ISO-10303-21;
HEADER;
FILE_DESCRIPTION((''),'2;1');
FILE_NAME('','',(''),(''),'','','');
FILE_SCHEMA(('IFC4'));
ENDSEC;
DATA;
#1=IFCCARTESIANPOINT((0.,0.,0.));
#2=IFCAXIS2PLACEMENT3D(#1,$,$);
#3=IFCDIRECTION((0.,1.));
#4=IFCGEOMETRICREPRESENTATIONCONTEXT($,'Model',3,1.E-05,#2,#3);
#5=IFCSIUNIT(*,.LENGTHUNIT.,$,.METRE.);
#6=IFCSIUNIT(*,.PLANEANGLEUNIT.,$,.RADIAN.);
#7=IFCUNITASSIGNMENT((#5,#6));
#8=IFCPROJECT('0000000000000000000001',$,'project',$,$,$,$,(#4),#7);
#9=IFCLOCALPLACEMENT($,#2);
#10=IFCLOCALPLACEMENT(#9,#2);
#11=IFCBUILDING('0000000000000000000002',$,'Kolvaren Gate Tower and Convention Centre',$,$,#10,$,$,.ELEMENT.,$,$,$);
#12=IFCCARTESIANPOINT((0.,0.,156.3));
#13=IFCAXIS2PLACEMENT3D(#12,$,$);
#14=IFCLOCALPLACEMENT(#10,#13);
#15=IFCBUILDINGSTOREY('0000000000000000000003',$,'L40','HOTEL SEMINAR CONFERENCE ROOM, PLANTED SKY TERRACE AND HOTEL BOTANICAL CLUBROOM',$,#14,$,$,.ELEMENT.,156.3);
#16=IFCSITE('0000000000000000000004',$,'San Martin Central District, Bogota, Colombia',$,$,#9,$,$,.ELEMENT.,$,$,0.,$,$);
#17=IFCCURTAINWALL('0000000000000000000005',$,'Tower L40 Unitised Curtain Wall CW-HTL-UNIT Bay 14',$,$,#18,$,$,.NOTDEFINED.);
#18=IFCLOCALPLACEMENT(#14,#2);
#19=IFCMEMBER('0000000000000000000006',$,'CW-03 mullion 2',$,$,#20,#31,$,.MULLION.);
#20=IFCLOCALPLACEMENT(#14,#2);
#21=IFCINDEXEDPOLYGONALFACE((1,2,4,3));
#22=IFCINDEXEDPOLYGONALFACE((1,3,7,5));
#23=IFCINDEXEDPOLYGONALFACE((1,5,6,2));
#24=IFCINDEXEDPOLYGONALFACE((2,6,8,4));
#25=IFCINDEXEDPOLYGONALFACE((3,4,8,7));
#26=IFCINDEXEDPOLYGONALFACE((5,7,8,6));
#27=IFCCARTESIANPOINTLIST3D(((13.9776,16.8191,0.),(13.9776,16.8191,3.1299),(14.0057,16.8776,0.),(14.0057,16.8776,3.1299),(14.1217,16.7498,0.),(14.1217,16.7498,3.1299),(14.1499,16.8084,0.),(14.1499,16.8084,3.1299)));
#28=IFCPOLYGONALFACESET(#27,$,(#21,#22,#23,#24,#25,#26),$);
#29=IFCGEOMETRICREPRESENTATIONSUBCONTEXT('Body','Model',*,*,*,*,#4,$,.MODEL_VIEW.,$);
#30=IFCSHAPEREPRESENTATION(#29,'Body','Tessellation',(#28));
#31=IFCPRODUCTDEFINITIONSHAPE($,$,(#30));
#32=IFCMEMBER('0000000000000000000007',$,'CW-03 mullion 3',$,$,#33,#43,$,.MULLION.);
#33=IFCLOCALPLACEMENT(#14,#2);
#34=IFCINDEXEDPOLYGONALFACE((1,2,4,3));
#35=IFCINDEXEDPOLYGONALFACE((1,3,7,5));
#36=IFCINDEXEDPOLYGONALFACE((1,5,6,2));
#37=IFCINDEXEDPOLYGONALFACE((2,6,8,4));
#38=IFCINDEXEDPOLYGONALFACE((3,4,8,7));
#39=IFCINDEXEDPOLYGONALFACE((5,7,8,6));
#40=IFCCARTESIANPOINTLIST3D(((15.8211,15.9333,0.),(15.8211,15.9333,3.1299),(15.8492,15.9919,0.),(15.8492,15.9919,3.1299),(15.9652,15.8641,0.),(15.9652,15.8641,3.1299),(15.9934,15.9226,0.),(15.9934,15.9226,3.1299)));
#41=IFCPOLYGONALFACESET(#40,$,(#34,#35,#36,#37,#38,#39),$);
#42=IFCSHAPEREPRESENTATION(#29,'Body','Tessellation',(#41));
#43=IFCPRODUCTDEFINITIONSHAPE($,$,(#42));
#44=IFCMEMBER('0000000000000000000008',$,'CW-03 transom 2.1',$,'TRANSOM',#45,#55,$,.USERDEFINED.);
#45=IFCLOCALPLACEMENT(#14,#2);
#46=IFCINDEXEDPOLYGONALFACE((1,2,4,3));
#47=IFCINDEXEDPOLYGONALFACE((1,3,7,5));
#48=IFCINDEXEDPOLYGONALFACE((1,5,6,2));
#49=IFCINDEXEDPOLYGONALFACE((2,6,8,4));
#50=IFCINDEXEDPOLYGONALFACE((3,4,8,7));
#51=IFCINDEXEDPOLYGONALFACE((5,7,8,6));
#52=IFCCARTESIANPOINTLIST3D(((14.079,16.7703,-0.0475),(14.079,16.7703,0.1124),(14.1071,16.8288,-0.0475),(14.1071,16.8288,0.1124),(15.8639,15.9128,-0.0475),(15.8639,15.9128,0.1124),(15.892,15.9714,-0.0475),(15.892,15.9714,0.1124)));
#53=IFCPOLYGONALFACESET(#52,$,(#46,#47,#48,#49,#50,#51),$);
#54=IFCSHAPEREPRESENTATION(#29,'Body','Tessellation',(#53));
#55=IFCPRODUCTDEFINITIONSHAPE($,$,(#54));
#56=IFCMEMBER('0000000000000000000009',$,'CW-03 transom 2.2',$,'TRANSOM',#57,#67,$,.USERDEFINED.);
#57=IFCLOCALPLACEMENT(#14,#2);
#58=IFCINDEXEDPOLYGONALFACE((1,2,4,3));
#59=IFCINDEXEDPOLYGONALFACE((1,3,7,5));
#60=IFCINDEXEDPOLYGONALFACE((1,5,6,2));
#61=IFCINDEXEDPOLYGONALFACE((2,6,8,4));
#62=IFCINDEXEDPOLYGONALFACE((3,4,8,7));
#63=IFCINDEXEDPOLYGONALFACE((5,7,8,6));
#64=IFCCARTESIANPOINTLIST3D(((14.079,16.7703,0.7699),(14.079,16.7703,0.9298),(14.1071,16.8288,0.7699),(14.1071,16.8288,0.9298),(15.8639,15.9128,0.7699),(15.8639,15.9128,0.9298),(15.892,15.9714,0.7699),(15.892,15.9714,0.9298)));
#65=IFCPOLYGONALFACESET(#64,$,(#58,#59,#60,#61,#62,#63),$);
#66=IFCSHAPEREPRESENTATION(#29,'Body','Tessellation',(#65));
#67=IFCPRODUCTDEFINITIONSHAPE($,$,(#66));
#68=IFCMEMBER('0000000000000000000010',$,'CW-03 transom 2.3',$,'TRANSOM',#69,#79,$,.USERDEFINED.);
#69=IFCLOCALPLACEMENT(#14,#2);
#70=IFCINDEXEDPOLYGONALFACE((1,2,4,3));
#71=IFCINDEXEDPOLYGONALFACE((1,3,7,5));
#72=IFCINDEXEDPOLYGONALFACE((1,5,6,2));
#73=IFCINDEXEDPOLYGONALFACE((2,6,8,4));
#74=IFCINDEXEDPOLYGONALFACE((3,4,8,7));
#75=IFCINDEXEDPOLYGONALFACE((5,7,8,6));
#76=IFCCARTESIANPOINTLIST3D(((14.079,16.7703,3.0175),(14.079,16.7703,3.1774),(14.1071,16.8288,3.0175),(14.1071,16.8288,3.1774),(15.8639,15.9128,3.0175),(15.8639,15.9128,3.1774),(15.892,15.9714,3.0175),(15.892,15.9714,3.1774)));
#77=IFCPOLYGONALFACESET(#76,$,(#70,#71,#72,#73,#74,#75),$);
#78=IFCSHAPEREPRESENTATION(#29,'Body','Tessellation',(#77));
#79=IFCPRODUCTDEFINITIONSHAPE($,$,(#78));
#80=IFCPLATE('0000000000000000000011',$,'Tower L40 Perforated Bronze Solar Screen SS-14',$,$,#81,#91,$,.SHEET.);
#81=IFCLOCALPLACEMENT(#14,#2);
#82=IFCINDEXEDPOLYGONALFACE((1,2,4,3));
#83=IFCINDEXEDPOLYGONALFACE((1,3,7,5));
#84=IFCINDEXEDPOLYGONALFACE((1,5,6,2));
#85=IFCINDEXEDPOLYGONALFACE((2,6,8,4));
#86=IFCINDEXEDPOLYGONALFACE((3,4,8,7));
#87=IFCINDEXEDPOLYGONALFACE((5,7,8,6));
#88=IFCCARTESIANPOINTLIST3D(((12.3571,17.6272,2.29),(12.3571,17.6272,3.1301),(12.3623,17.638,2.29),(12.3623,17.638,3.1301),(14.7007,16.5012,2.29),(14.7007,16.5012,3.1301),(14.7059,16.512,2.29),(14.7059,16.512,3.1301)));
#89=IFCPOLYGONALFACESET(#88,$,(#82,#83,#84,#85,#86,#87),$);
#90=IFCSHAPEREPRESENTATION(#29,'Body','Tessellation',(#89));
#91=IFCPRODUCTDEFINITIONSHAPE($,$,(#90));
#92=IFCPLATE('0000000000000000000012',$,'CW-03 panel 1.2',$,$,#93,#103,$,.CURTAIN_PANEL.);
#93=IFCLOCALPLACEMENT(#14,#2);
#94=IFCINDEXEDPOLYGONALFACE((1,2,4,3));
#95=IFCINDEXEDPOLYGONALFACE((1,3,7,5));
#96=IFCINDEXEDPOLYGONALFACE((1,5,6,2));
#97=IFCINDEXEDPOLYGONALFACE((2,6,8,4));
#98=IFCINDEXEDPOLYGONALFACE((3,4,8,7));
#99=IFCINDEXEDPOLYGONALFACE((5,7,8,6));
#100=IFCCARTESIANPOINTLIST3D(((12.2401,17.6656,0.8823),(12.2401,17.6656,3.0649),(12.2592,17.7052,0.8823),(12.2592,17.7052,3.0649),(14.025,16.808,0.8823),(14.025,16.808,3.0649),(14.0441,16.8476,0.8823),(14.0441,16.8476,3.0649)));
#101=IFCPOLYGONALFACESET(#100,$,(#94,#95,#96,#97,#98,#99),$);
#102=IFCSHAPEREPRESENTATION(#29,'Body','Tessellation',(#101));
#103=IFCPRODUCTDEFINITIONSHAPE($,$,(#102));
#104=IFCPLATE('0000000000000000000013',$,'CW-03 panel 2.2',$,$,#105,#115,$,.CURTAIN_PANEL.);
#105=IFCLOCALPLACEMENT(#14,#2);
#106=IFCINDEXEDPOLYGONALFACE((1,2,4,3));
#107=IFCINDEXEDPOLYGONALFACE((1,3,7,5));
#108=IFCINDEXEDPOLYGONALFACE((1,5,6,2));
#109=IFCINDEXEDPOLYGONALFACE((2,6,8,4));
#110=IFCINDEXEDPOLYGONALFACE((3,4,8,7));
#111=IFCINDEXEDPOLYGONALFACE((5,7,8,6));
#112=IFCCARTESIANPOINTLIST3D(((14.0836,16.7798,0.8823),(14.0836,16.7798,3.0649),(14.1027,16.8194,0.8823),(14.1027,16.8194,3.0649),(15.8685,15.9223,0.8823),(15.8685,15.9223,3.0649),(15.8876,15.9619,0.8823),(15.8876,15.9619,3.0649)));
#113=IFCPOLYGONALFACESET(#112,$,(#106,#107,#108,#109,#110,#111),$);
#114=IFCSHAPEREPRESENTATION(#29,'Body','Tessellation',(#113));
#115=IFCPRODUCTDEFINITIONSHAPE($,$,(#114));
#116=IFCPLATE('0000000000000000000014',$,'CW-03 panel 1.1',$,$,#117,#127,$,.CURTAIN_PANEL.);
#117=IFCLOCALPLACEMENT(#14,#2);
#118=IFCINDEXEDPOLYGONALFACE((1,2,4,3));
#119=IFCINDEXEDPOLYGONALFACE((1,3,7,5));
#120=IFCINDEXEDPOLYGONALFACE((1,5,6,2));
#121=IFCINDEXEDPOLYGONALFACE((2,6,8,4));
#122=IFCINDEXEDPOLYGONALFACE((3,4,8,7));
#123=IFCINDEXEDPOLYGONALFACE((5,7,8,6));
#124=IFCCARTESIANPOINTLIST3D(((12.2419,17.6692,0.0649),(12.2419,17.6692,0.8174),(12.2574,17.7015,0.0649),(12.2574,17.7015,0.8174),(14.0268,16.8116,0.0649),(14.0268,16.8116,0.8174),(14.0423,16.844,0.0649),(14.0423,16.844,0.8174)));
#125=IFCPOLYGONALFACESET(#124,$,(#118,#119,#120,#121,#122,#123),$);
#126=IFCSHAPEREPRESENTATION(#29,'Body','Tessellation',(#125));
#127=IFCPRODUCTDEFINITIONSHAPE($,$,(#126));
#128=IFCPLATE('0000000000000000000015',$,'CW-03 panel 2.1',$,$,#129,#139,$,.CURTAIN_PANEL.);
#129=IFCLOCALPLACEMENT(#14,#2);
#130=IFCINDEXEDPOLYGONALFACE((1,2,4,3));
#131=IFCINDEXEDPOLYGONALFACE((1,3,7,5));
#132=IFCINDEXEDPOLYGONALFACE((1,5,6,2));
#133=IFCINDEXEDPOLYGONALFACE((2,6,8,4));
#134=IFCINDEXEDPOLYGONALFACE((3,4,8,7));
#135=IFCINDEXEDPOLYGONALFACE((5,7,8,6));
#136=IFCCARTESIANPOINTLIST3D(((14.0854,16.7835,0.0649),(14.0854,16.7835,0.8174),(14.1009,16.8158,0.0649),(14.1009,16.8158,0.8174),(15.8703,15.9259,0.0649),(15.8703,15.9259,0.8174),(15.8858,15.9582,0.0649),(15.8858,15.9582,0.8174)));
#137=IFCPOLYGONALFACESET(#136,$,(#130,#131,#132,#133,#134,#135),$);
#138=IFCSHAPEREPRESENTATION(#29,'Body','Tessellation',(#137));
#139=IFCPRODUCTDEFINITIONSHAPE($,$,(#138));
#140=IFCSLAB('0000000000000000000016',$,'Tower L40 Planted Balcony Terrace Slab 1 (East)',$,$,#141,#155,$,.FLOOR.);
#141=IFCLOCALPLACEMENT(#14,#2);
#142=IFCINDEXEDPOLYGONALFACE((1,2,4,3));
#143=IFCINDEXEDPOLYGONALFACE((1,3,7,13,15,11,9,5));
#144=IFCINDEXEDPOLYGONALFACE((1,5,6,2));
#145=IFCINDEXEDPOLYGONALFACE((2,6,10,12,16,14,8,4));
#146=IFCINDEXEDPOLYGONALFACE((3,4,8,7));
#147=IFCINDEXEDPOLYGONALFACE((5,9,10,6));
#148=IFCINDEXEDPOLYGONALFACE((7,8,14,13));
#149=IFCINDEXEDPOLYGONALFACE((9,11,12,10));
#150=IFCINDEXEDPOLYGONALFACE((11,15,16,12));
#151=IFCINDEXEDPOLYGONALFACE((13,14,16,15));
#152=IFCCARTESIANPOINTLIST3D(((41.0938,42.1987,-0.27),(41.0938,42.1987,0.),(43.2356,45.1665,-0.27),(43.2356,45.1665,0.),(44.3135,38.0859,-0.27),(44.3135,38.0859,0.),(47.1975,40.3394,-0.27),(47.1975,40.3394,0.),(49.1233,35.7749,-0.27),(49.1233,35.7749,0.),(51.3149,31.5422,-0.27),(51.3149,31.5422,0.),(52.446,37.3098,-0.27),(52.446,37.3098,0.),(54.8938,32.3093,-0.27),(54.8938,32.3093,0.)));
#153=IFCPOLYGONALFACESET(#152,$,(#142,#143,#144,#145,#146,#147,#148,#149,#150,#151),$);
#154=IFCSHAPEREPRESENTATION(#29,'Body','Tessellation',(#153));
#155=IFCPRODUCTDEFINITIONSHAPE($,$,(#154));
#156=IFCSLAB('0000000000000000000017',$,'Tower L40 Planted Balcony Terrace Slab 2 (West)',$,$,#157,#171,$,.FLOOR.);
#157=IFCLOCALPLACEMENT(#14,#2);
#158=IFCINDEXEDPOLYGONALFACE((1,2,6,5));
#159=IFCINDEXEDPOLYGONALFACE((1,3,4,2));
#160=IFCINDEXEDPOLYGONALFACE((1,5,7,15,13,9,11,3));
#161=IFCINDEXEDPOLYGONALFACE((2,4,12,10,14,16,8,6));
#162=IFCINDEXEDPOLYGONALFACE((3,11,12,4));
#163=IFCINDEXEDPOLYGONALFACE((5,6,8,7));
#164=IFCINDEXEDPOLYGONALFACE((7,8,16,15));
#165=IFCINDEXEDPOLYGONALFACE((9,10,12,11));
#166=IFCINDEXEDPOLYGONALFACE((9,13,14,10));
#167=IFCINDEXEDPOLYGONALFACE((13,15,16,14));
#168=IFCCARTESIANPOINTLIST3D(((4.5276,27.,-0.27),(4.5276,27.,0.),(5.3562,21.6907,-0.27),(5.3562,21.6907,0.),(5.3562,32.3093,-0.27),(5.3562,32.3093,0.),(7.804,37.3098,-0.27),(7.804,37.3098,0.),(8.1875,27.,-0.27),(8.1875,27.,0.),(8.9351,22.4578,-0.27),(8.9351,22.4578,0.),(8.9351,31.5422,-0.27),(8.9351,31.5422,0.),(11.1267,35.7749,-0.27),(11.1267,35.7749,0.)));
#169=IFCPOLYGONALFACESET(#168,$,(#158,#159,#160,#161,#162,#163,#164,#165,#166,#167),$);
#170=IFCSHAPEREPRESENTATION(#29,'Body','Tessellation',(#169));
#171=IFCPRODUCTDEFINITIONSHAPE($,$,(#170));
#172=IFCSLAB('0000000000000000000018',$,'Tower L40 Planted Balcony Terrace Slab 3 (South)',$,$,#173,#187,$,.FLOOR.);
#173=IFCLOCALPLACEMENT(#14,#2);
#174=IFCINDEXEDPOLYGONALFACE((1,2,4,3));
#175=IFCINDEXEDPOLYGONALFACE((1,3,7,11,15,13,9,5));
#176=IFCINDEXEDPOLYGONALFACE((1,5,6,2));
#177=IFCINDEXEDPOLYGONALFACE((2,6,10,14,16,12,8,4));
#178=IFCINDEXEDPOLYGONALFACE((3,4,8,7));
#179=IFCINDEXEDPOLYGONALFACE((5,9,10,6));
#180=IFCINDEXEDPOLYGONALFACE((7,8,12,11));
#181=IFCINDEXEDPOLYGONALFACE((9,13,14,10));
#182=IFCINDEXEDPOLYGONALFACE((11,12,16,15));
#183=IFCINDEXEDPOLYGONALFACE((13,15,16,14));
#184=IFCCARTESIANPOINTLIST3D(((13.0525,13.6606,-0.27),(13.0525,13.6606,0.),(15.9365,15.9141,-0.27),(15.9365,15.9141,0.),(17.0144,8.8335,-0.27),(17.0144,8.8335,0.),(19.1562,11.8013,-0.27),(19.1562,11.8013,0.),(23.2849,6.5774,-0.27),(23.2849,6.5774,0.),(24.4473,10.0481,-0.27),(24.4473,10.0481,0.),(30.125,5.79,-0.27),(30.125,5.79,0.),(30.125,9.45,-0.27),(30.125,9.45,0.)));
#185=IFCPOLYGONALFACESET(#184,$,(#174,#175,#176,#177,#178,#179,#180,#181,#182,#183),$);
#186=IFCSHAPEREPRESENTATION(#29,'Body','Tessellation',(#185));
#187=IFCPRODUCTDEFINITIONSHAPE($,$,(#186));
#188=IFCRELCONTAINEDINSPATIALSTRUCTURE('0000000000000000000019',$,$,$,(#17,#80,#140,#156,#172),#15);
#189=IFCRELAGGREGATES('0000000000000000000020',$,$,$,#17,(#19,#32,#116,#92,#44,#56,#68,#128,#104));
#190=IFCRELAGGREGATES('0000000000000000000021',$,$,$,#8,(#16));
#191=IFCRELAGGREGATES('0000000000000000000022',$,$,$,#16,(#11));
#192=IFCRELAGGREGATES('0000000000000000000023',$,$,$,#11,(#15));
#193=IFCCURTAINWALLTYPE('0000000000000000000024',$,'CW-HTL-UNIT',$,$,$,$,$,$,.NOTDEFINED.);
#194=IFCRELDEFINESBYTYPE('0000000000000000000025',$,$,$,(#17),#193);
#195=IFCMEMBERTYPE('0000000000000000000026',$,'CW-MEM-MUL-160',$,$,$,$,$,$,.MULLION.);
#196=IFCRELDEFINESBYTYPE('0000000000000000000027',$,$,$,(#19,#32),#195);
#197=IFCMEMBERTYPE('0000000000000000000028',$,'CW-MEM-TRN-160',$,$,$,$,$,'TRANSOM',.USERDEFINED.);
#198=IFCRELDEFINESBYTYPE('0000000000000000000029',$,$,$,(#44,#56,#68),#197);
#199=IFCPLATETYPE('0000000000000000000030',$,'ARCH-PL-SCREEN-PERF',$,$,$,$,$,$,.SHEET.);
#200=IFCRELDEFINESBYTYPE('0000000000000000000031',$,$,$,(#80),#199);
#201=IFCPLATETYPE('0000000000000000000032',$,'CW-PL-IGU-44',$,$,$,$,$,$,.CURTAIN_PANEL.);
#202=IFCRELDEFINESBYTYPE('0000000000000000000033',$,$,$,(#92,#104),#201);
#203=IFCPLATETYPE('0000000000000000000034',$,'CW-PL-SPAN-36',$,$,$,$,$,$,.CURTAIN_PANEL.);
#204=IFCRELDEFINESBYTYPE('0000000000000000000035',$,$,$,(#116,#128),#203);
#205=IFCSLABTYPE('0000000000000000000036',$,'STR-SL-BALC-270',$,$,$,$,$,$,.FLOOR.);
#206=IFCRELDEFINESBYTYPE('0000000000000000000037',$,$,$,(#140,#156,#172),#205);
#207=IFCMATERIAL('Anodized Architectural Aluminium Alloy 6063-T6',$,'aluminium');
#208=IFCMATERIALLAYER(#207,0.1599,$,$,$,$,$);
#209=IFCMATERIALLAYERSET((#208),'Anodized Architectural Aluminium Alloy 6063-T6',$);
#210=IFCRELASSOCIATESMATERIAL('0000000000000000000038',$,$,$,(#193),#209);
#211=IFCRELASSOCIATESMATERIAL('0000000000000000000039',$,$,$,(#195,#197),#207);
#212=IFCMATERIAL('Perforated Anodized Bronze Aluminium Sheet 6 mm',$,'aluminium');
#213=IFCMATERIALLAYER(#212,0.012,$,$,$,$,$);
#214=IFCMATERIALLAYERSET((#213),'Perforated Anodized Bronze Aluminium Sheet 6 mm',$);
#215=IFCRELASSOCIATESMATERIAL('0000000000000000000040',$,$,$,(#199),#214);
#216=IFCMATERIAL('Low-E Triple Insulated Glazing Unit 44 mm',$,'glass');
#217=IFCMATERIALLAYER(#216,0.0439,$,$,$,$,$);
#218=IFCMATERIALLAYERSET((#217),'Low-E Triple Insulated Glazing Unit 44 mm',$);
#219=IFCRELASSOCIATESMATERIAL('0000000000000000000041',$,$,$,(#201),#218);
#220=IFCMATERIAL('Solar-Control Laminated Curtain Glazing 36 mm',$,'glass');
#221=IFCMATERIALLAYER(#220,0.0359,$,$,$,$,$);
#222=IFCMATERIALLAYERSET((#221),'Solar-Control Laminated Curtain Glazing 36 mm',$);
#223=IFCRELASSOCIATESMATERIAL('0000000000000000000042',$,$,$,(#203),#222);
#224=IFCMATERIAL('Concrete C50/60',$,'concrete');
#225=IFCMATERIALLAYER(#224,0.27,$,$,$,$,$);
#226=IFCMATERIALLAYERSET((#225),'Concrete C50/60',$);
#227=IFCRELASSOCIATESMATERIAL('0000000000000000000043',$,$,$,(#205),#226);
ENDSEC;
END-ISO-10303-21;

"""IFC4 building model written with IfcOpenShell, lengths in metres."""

from ifc_helpers import new_model, si_unit, direction, frame, origin, origin_2d, place, context, subcontext, project, spatial, polyline, rectangle, outline, extrude, material, layer, layer_set, material_profile, profile_set, type_object, element, aggregate, save


model = new_model("IFC4")

# Units and contexts
model_context = context("Model", 3, precision=1e-05, world=origin(), true_north=direction((0.0, 1.0)))
body_context = subcontext(model_context, "Body", "Model", "MODEL_VIEW")
ifc_project = project(units=[si_unit("LENGTHUNIT", "METRE"), si_unit("PLANEANGLEUNIT", "RADIAN")], contexts=[model_context])

# Site, building, storey
site_placement = place(None, origin())
site = spatial("IfcSite", under=ifc_project, at=site_placement, Name="San Martin Central District, Bogota, Colombia", CompositionType="ELEMENT", RefElevation=0.0)
building_placement = place(site_placement, origin())
building = spatial("IfcBuilding", under=site, at=building_placement, Name="Kolvaren Gate Tower and Convention Centre", CompositionType="ELEMENT")
storey_placement = place(building_placement, frame((0.0, 0.0, 156.3)))
storey = spatial("IfcBuildingStorey", under=building, at=storey_placement, Name="L40", Description="HOTEL SEMINAR CONFERENCE ROOM, PLANTED SKY TERRACE AND HOTEL BOTANICAL CLUBROOM", CompositionType="ELEMENT", Elevation=156.3)

# Curtain wall, members
ifc_material_1 = material(Name="Anodized Architectural Aluminium Alloy 6063-T6", Category="aluminium")
ifc_layer_1 = layer(ifc_material_1, 0.1599)
ifc_layer_set_1 = layer_set([ifc_layer_1], Name="Anodized Architectural Aluminium Alloy 6063-T6")
curtain_wall_type = type_object("IfcCurtainWallType", Name="CW-HTL-UNIT", PredefinedType="NOTDEFINED", material=ifc_layer_set_1)
curtain_wall_placement = place(storey_placement, origin())
curtain_wall = element("IfcCurtainWall", 1, at=curtain_wall_placement, inside=storey, type_object=curtain_wall_type, Name="Tower L40 Unitised Curtain Wall CW-HTL-UNIT Bay 14", PredefinedType="NOTDEFINED")
ifc_material_profile_1 = material_profile(ifc_material_1, rectangle(XDim=0.0649, YDim=0.1599, at=origin_2d()), Name="CW-MEM-MUL-160")
ifc_profile_set_1 = profile_set([ifc_material_profile_1], Name="Anodized Architectural Aluminium Alloy 6063-T6")
member_type_1 = type_object("IfcMemberType", Name="CW-MEM-MUL-160", PredefinedType="MULLION", material=ifc_profile_set_1)
member_1_placement = place(storey_placement, frame((14.0637, 16.8137, 0.0), z_axis=(0.0, 0.0, 1.0), x_axis=(0.433065, 0.901363, 0.0)))
member_1 = element("IfcMember", 2, at=member_1_placement, type_object=member_type_1, Name="CW-03 mullion 2", PredefinedType="MULLION", context=body_context, shape_type="SweptSolid", body=[
    extrude(rectangle(XDim=0.0649, YDim=0.1599, at=origin_2d()), origin(), (0.0, 0.0, 1.0), 3.1299),
])
member_2_placement = place(storey_placement, frame((15.9072, 15.928, 0.0), z_axis=(0.0, 0.0, 1.0), x_axis=(0.433065, 0.901363, 0.0)))
member_2 = element("IfcMember", 3, at=member_2_placement, type_object=member_type_1, Name="CW-03 mullion 3", PredefinedType="MULLION", context=body_context, shape_type="SweptSolid", body=[
    extrude(rectangle(XDim=0.0649, YDim=0.1599, at=origin_2d()), origin(), (0.0, 0.0, 1.0), 3.1299),
])
ifc_material_profile_2 = material_profile(ifc_material_1, rectangle(XDim=0.0649, YDim=0.1599, at=origin_2d()), Name="CW-MEM-TRN-160")
ifc_profile_set_2 = profile_set([ifc_material_profile_2], Name="Anodized Architectural Aluminium Alloy 6063-T6")
member_type_2 = type_object("IfcMemberType", Name="CW-MEM-TRN-160", ElementType="TRANSOM", PredefinedType="USERDEFINED", material=ifc_profile_set_2)
member_3_placement = place(storey_placement, frame((14.093, 16.7996, 0.0325), z_axis=(0.901392, -0.433004, 0.0), x_axis=(0.433004, 0.901392, 0.0)))
member_3 = element("IfcMember", 4, at=member_3_placement, type_object=member_type_2, Name="CW-03 transom 2.1", ObjectType="TRANSOM", PredefinedType="USERDEFINED", context=body_context, shape_type="SweptSolid", body=[
    extrude(rectangle(XDim=0.0649, YDim=0.1599, at=origin_2d()), origin(), (0.0, 0.0, 1.0), 1.9802),
])
member_4_placement = place(storey_placement, frame((14.093, 16.7996, 0.8499), z_axis=(0.901392, -0.433004, 0.0), x_axis=(0.433004, 0.901392, 0.0)))
member_4 = element("IfcMember", 5, at=member_4_placement, type_object=member_type_2, Name="CW-03 transom 2.2", ObjectType="TRANSOM", PredefinedType="USERDEFINED", context=body_context, shape_type="SweptSolid", body=[
    extrude(rectangle(XDim=0.0649, YDim=0.1599, at=origin_2d()), origin(), (0.0, 0.0, 1.0), 1.9802),
])
member_5_placement = place(storey_placement, frame((14.093, 16.7996, 3.0974), z_axis=(0.901392, -0.433004, 0.0), x_axis=(0.433004, 0.901392, 0.0)))
member_5 = element("IfcMember", 6, at=member_5_placement, type_object=member_type_2, Name="CW-03 transom 2.3", ObjectType="TRANSOM", PredefinedType="USERDEFINED", context=body_context, shape_type="SweptSolid", body=[
    extrude(rectangle(XDim=0.0649, YDim=0.1599, at=origin_2d()), origin(), (0.0, 0.0, 1.0), 1.9802),
])

# Plates
ifc_material_2 = material(Name="Perforated Anodized Bronze Aluminium Sheet 6 mm", Category="aluminium")
ifc_layer_2 = layer(ifc_material_2, 0.012)
ifc_layer_set_2 = layer_set([ifc_layer_2], Name="Perforated Anodized Bronze Aluminium Sheet 6 mm")
plate_type_1 = type_object("IfcPlateType", Name="ARCH-PL-SCREEN-PERF", PredefinedType="SHEET", material=ifc_layer_set_2)
plate_1_placement = place(storey_placement, frame((13.5315, 17.0696, 2.29), z_axis=(0.0, 0.0, 1.0), x_axis=(0.901358, -0.433074, 0.0)))
element("IfcPlate", 7, at=plate_1_placement, inside=storey, type_object=plate_type_1, Name="Tower L40 Perforated Bronze Solar Screen SS-14", PredefinedType="SHEET", context=body_context, shape_type="SweptSolid", body=[
    extrude(rectangle(XDim=2.6001, YDim=0.012, at=origin_2d()), origin(), (0.0, 0.0, 1.0), 0.8401),
])
ifc_material_3 = material(Name="Low-E Triple Insulated Glazing Unit 44 mm", Category="glass")
ifc_layer_3 = layer(ifc_material_3, 0.0439)
ifc_layer_set_3 = layer_set([ifc_layer_3], Name="Low-E Triple Insulated Glazing Unit 44 mm")
plate_type_2 = type_object("IfcPlateType", Name="CW-PL-IGU-44", PredefinedType="CURTAIN_PANEL", material=ifc_layer_set_3)
plate_2_placement = place(storey_placement, frame((13.1421, 17.2566, 0.8823), z_axis=(0.0, 0.0, 1.0), x_axis=(0.901363, -0.433065, 0.0)))
plate_2 = element("IfcPlate", 8, at=plate_2_placement, type_object=plate_type_2, Name="CW-03 panel 1.2", PredefinedType="CURTAIN_PANEL", context=body_context, shape_type="SweptSolid", body=[
    extrude(rectangle(XDim=1.9802, YDim=0.0439, at=origin_2d()), origin(), (0.0, 0.0, 1.0), 2.1826),
])
plate_3_placement = place(storey_placement, frame((14.9856, 16.3708, 0.8823), z_axis=(0.0, 0.0, 1.0), x_axis=(0.901363, -0.433065, 0.0)))
plate_3 = element("IfcPlate", 9, at=plate_3_placement, type_object=plate_type_2, Name="CW-03 panel 2.2", PredefinedType="CURTAIN_PANEL", context=body_context, shape_type="SweptSolid", body=[
    extrude(rectangle(XDim=1.9802, YDim=0.0439, at=origin_2d()), origin(), (0.0, 0.0, 1.0), 2.1826),
])
ifc_material_4 = material(Name="Solar-Control Laminated Curtain Glazing 36 mm", Category="glass")
ifc_layer_4 = layer(ifc_material_4, 0.0359)
ifc_layer_set_4 = layer_set([ifc_layer_4], Name="Solar-Control Laminated Curtain Glazing 36 mm")
plate_type_3 = type_object("IfcPlateType", Name="CW-PL-SPAN-36", PredefinedType="CURTAIN_PANEL", material=ifc_layer_set_4)
plate_4_placement = place(storey_placement, frame((13.1421, 17.2566, 0.0649), z_axis=(0.0, 0.0, 1.0), x_axis=(0.901363, -0.433065, 0.0)))
plate_4 = element("IfcPlate", 10, at=plate_4_placement, type_object=plate_type_3, Name="CW-03 panel 1.1", PredefinedType="CURTAIN_PANEL", context=body_context, shape_type="SweptSolid", body=[
    extrude(rectangle(XDim=1.9802, YDim=0.0359, at=origin_2d()), origin(), (0.0, 0.0, 1.0), 0.7524),
])
plate_5_placement = place(storey_placement, frame((14.9856, 16.3708, 0.0649), z_axis=(0.0, 0.0, 1.0), x_axis=(0.901363, -0.433065, 0.0)))
plate_5 = element("IfcPlate", 11, at=plate_5_placement, type_object=plate_type_3, Name="CW-03 panel 2.1", PredefinedType="CURTAIN_PANEL", context=body_context, shape_type="SweptSolid", body=[
    extrude(rectangle(XDim=1.9802, YDim=0.0359, at=origin_2d()), origin(), (0.0, 0.0, 1.0), 0.7524),
])
aggregate(curtain_wall, [member_1, member_2, plate_4, plate_2, member_3, member_4, member_5, plate_5, plate_3])

# Slabs
ifc_material_5 = material(Name="Concrete C50/60", Category="concrete")
ifc_layer_5 = layer(ifc_material_5, 0.27)
ifc_layer_set_5 = layer_set([ifc_layer_5], Name="Concrete C50/60")
slab_type_1 = type_object("IfcSlabType", Name="STR-SL-BALC-270", PredefinedType="FLOOR", material=ifc_layer_set_5)
slab_1_placement = place(storey_placement, frame((0.0, 0.0, -0.27)))
element("IfcSlab", 12, at=slab_1_placement, inside=storey, type_object=slab_type_1, Name="Tower L40 Planted Balcony Terrace Slab 1 (East)", PredefinedType="FLOOR", context=body_context, shape_type="SweptSolid", body=[
    extrude(outline(polyline([(51.3149, 31.5422), (49.1233, 35.7749), (44.3135, 38.0859), (41.0938, 42.1987), (43.2356, 45.1665), (47.1975, 40.3394), (52.446, 37.3098), (54.8938, 32.3093), (51.3149, 31.5422)])), origin(), (0.0, 0.0, 1.0), 0.27),
])
slab_2_placement = place(storey_placement, frame((0.0, 0.0, -0.27)))
element("IfcSlab", 13, at=slab_2_placement, inside=storey, type_object=slab_type_1, Name="Tower L40 Planted Balcony Terrace Slab 2 (West)", PredefinedType="FLOOR", context=body_context, shape_type="SweptSolid", body=[
    extrude(outline(polyline([(11.1267, 35.7749), (8.9351, 31.5422), (8.1875, 27.0), (8.9351, 22.4578), (5.3562, 21.6907), (4.5276, 27.0), (5.3562, 32.3093), (7.804, 37.3098), (11.1267, 35.7749)])), origin(), (0.0, 0.0, 1.0), 0.27),
])
slab_3_placement = place(storey_placement, frame((0.0, 0.0, -0.27)))
element("IfcSlab", 14, at=slab_3_placement, inside=storey, type_object=slab_type_1, Name="Tower L40 Planted Balcony Terrace Slab 3 (South)", PredefinedType="FLOOR", context=body_context, shape_type="SweptSolid", body=[
    extrude(outline(polyline([(15.9365, 15.9141), (19.1562, 11.8013), (24.4473, 10.0481), (30.125, 9.45), (30.125, 5.79), (23.2849, 6.5774), (17.0144, 8.8335), (13.0525, 13.6606), (15.9365, 15.9141)])), origin(), (0.0, 0.0, 1.0), 0.27),
])

save(model, "model.ifc")
